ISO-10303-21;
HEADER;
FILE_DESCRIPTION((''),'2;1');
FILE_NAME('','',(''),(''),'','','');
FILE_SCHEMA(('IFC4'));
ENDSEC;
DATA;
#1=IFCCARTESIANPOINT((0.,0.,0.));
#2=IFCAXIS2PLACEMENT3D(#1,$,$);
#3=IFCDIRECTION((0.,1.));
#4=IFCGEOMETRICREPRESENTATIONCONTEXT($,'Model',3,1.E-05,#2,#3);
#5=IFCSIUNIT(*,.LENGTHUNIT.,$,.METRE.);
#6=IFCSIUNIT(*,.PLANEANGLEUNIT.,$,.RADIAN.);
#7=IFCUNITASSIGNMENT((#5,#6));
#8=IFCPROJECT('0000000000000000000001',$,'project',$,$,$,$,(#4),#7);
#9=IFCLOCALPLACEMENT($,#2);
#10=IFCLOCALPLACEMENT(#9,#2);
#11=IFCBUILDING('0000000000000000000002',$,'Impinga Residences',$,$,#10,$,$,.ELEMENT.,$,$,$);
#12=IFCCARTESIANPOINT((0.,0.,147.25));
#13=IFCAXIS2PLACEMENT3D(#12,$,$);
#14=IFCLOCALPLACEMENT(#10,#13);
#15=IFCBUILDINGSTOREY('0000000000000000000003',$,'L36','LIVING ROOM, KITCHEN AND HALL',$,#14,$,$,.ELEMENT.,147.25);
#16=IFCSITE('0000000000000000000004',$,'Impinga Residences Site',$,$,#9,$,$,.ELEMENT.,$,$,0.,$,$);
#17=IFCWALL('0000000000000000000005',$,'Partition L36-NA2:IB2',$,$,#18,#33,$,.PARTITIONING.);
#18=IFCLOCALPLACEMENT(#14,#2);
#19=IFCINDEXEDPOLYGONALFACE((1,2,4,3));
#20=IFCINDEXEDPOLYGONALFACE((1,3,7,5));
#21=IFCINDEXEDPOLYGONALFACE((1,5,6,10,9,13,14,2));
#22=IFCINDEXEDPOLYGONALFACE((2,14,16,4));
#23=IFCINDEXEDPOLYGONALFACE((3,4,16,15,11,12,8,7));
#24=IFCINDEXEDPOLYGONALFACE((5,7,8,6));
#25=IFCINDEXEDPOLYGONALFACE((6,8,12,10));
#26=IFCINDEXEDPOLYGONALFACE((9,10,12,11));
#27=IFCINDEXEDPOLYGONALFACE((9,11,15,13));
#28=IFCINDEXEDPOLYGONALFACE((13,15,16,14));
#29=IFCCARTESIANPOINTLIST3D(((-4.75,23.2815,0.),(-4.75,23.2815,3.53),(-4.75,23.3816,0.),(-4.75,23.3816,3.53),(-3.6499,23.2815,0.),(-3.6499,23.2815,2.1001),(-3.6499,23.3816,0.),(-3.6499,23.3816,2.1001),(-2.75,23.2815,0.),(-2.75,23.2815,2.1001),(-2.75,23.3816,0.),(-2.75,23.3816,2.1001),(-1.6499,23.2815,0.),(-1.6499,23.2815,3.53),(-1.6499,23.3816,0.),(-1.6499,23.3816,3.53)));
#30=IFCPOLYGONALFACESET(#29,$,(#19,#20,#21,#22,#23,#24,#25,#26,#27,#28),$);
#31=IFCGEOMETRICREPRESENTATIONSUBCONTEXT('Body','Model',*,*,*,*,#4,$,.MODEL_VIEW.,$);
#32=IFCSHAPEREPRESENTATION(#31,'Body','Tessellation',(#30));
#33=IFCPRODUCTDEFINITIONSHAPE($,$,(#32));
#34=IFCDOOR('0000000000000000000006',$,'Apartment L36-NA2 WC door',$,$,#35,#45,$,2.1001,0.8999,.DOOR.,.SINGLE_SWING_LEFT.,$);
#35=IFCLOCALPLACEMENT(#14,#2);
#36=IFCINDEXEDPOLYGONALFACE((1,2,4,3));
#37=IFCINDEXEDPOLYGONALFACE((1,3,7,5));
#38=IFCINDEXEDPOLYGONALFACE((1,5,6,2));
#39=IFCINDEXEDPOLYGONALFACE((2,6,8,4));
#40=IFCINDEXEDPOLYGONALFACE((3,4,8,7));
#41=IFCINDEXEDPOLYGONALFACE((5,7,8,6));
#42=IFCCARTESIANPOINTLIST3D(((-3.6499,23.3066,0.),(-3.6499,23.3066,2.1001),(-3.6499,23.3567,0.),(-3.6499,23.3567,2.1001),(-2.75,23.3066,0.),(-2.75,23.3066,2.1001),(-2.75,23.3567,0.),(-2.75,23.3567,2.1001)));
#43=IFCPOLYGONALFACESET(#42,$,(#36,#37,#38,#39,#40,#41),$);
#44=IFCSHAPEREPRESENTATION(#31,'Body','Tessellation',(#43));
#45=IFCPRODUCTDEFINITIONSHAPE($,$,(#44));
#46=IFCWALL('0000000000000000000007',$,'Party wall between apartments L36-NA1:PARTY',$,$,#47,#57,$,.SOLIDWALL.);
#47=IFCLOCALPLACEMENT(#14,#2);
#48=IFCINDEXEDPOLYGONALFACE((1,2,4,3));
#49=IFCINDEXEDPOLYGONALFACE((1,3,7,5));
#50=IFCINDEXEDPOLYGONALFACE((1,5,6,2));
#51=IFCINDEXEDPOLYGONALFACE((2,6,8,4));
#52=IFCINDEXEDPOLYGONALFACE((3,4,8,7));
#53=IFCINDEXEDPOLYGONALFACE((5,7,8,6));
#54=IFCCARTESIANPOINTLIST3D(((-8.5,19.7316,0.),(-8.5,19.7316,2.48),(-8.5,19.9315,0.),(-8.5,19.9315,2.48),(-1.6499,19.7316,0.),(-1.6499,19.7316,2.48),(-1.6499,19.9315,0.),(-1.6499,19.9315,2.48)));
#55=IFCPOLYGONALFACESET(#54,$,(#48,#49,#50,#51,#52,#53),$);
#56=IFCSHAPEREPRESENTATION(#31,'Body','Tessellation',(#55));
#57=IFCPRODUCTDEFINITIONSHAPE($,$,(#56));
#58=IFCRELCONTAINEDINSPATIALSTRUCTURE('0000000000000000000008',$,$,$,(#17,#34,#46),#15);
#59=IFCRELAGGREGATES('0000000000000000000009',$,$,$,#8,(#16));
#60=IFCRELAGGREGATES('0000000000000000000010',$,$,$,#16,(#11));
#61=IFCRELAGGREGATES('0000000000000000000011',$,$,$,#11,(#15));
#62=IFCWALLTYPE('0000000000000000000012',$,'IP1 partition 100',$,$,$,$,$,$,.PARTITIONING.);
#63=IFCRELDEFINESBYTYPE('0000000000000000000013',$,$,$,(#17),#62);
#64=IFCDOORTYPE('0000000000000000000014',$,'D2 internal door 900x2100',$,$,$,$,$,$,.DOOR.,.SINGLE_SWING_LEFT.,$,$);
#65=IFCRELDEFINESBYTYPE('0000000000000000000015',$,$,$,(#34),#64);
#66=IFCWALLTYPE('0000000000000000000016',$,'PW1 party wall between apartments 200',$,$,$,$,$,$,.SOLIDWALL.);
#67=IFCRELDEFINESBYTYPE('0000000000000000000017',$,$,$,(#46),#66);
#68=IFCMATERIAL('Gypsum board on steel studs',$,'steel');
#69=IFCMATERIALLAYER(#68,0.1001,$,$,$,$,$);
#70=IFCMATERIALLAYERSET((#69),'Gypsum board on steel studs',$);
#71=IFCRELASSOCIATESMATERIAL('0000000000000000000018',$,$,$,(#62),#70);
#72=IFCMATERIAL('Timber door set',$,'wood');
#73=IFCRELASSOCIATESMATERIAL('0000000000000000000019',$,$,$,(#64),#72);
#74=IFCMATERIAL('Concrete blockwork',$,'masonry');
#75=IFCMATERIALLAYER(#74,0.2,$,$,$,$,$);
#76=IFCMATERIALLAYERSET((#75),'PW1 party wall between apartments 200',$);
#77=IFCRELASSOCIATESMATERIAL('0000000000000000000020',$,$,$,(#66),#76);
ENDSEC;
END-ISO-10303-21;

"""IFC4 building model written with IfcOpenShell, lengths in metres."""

from ifc_helpers import new_model, si_unit, direction, frame, frame_2d, origin, place, context, subcontext, project, spatial, rectangle, extrude, material, layer, layer_set, type_object, element, fill, save


model = new_model("IFC4")

# Units and contexts
model_context = context("Model", 3, precision=1e-05, world=origin(), true_north=direction((0.0, 1.0)))
body_context = subcontext(model_context, "Body", "Model", "MODEL_VIEW")
ifc_project = project(units=[si_unit("LENGTHUNIT", "METRE"), si_unit("PLANEANGLEUNIT", "RADIAN")], contexts=[model_context])

# Site, building, storey
site_placement = place(None, origin())
site = spatial("IfcSite", under=ifc_project, at=site_placement, Name="Impinga Residences Site", CompositionType="ELEMENT", RefElevation=0.0)
building_placement = place(site_placement, origin())
building = spatial("IfcBuilding", under=site, at=building_placement, Name="Impinga Residences", CompositionType="ELEMENT")
storey_placement = place(building_placement, frame((0.0, 0.0, 147.25)))
storey = spatial("IfcBuildingStorey", under=building, at=storey_placement, Name="L36", Description="LIVING ROOM, KITCHEN AND HALL", CompositionType="ELEMENT", Elevation=147.25)

# Shared definitions
ifc_material_1 = material(Name="Gypsum board on steel studs", Category="steel")
ifc_layer_1 = layer(ifc_material_1, 0.1001)
ifc_layer_set_1 = layer_set([ifc_layer_1], Name="Gypsum board on steel studs")
wall_type_1 = type_object("IfcWallType", Name="IP1 partition 100", PredefinedType="PARTITIONING", material=ifc_layer_set_1)

# Shared definitions
ifc_material_2 = material(Name="Timber door set", Category="wood")
door_type = type_object("IfcDoorType", Name="D2 internal door 900x2100", OperationType="SINGLE_SWING_LEFT", PredefinedType="DOOR", material=ifc_material_2)

# Wall, opening, door
wall_1_placement = place(storey_placement, frame((-1.6499, 23.3315, 0.0), z_axis=(0.0, 0.0, 1.0), x_axis=(-1.0, 0.0, 0.0)))
wall_1 = element("IfcWall", 1, at=wall_1_placement, inside=storey, type_object=wall_type_1, Name="Partition L36-NA2:IB2", PredefinedType="PARTITIONING", context=body_context, shape_type="SweptSolid", body=[
    extrude(rectangle(XDim=3.1001, YDim=0.1001, at=frame_2d((1.55, 0.0))), origin(), (0.0, 0.0, 1.0), 3.53),
])
opening_1_placement = place(wall_1_placement, frame((1.1001, 0.0, 0.0)))
opening_1 = element("IfcOpeningElement", 2, at=opening_1_placement, cuts=wall_1, PredefinedType="OPENING", context=body_context, shape_type="SweptSolid", body=[
    extrude(rectangle(XDim=0.8999, YDim=2.1001, at=frame_2d((0.45, 1.05))), frame((0.0, 0.0601, 0.0), z_axis=(0.0, -1.0, 0.0), x_axis=(1.0, 0.0, 0.0)), (0.0, 0.0, 1.0), 0.1201),
])
door_1_placement = place(opening_1_placement, origin())
door_1 = element("IfcDoor", 3, at=door_1_placement, inside=storey, type_object=door_type, Name="Apartment L36-NA2 WC door", OperationType="SINGLE_SWING_LEFT", OverallHeight=2.1001, OverallWidth=0.8999, PredefinedType="DOOR", context=body_context, shape_type="SweptSolid", body=[
    extrude(rectangle(XDim=0.8999, YDim=2.1001, at=frame_2d((0.45, 1.05))), frame((0.0, 0.0249, 0.0), z_axis=(0.0, -1.0, 0.0), x_axis=(1.0, 0.0, 0.0)), (0.0, 0.0, 1.0), 0.05),
])
fill(opening_1, door_1)

# Wall
ifc_material_3 = material(Name="Concrete blockwork", Category="masonry")
ifc_layer_2 = layer(ifc_material_3, 0.2)
ifc_layer_set_2 = layer_set([ifc_layer_2], Name="PW1 party wall between apartments 200")
wall_type_2 = type_object("IfcWallType", Name="PW1 party wall between apartments 200", PredefinedType="SOLIDWALL", material=ifc_layer_set_2)
wall_2_placement = place(storey_placement, frame((-1.6499, 19.8315, 0.0), z_axis=(0.0, 0.0, 1.0), x_axis=(-1.0, 0.0, 0.0)))
element("IfcWall", 4, at=wall_2_placement, inside=storey, type_object=wall_type_2, Name="Party wall between apartments L36-NA1:PARTY", PredefinedType="SOLIDWALL", context=body_context, shape_type="SweptSolid", body=[
    extrude(rectangle(XDim=6.8501, YDim=0.2, at=frame_2d((3.425, 0.0))), origin(), (0.0, 0.0, 1.0), 2.48),
])

save(model, "model.ifc")
